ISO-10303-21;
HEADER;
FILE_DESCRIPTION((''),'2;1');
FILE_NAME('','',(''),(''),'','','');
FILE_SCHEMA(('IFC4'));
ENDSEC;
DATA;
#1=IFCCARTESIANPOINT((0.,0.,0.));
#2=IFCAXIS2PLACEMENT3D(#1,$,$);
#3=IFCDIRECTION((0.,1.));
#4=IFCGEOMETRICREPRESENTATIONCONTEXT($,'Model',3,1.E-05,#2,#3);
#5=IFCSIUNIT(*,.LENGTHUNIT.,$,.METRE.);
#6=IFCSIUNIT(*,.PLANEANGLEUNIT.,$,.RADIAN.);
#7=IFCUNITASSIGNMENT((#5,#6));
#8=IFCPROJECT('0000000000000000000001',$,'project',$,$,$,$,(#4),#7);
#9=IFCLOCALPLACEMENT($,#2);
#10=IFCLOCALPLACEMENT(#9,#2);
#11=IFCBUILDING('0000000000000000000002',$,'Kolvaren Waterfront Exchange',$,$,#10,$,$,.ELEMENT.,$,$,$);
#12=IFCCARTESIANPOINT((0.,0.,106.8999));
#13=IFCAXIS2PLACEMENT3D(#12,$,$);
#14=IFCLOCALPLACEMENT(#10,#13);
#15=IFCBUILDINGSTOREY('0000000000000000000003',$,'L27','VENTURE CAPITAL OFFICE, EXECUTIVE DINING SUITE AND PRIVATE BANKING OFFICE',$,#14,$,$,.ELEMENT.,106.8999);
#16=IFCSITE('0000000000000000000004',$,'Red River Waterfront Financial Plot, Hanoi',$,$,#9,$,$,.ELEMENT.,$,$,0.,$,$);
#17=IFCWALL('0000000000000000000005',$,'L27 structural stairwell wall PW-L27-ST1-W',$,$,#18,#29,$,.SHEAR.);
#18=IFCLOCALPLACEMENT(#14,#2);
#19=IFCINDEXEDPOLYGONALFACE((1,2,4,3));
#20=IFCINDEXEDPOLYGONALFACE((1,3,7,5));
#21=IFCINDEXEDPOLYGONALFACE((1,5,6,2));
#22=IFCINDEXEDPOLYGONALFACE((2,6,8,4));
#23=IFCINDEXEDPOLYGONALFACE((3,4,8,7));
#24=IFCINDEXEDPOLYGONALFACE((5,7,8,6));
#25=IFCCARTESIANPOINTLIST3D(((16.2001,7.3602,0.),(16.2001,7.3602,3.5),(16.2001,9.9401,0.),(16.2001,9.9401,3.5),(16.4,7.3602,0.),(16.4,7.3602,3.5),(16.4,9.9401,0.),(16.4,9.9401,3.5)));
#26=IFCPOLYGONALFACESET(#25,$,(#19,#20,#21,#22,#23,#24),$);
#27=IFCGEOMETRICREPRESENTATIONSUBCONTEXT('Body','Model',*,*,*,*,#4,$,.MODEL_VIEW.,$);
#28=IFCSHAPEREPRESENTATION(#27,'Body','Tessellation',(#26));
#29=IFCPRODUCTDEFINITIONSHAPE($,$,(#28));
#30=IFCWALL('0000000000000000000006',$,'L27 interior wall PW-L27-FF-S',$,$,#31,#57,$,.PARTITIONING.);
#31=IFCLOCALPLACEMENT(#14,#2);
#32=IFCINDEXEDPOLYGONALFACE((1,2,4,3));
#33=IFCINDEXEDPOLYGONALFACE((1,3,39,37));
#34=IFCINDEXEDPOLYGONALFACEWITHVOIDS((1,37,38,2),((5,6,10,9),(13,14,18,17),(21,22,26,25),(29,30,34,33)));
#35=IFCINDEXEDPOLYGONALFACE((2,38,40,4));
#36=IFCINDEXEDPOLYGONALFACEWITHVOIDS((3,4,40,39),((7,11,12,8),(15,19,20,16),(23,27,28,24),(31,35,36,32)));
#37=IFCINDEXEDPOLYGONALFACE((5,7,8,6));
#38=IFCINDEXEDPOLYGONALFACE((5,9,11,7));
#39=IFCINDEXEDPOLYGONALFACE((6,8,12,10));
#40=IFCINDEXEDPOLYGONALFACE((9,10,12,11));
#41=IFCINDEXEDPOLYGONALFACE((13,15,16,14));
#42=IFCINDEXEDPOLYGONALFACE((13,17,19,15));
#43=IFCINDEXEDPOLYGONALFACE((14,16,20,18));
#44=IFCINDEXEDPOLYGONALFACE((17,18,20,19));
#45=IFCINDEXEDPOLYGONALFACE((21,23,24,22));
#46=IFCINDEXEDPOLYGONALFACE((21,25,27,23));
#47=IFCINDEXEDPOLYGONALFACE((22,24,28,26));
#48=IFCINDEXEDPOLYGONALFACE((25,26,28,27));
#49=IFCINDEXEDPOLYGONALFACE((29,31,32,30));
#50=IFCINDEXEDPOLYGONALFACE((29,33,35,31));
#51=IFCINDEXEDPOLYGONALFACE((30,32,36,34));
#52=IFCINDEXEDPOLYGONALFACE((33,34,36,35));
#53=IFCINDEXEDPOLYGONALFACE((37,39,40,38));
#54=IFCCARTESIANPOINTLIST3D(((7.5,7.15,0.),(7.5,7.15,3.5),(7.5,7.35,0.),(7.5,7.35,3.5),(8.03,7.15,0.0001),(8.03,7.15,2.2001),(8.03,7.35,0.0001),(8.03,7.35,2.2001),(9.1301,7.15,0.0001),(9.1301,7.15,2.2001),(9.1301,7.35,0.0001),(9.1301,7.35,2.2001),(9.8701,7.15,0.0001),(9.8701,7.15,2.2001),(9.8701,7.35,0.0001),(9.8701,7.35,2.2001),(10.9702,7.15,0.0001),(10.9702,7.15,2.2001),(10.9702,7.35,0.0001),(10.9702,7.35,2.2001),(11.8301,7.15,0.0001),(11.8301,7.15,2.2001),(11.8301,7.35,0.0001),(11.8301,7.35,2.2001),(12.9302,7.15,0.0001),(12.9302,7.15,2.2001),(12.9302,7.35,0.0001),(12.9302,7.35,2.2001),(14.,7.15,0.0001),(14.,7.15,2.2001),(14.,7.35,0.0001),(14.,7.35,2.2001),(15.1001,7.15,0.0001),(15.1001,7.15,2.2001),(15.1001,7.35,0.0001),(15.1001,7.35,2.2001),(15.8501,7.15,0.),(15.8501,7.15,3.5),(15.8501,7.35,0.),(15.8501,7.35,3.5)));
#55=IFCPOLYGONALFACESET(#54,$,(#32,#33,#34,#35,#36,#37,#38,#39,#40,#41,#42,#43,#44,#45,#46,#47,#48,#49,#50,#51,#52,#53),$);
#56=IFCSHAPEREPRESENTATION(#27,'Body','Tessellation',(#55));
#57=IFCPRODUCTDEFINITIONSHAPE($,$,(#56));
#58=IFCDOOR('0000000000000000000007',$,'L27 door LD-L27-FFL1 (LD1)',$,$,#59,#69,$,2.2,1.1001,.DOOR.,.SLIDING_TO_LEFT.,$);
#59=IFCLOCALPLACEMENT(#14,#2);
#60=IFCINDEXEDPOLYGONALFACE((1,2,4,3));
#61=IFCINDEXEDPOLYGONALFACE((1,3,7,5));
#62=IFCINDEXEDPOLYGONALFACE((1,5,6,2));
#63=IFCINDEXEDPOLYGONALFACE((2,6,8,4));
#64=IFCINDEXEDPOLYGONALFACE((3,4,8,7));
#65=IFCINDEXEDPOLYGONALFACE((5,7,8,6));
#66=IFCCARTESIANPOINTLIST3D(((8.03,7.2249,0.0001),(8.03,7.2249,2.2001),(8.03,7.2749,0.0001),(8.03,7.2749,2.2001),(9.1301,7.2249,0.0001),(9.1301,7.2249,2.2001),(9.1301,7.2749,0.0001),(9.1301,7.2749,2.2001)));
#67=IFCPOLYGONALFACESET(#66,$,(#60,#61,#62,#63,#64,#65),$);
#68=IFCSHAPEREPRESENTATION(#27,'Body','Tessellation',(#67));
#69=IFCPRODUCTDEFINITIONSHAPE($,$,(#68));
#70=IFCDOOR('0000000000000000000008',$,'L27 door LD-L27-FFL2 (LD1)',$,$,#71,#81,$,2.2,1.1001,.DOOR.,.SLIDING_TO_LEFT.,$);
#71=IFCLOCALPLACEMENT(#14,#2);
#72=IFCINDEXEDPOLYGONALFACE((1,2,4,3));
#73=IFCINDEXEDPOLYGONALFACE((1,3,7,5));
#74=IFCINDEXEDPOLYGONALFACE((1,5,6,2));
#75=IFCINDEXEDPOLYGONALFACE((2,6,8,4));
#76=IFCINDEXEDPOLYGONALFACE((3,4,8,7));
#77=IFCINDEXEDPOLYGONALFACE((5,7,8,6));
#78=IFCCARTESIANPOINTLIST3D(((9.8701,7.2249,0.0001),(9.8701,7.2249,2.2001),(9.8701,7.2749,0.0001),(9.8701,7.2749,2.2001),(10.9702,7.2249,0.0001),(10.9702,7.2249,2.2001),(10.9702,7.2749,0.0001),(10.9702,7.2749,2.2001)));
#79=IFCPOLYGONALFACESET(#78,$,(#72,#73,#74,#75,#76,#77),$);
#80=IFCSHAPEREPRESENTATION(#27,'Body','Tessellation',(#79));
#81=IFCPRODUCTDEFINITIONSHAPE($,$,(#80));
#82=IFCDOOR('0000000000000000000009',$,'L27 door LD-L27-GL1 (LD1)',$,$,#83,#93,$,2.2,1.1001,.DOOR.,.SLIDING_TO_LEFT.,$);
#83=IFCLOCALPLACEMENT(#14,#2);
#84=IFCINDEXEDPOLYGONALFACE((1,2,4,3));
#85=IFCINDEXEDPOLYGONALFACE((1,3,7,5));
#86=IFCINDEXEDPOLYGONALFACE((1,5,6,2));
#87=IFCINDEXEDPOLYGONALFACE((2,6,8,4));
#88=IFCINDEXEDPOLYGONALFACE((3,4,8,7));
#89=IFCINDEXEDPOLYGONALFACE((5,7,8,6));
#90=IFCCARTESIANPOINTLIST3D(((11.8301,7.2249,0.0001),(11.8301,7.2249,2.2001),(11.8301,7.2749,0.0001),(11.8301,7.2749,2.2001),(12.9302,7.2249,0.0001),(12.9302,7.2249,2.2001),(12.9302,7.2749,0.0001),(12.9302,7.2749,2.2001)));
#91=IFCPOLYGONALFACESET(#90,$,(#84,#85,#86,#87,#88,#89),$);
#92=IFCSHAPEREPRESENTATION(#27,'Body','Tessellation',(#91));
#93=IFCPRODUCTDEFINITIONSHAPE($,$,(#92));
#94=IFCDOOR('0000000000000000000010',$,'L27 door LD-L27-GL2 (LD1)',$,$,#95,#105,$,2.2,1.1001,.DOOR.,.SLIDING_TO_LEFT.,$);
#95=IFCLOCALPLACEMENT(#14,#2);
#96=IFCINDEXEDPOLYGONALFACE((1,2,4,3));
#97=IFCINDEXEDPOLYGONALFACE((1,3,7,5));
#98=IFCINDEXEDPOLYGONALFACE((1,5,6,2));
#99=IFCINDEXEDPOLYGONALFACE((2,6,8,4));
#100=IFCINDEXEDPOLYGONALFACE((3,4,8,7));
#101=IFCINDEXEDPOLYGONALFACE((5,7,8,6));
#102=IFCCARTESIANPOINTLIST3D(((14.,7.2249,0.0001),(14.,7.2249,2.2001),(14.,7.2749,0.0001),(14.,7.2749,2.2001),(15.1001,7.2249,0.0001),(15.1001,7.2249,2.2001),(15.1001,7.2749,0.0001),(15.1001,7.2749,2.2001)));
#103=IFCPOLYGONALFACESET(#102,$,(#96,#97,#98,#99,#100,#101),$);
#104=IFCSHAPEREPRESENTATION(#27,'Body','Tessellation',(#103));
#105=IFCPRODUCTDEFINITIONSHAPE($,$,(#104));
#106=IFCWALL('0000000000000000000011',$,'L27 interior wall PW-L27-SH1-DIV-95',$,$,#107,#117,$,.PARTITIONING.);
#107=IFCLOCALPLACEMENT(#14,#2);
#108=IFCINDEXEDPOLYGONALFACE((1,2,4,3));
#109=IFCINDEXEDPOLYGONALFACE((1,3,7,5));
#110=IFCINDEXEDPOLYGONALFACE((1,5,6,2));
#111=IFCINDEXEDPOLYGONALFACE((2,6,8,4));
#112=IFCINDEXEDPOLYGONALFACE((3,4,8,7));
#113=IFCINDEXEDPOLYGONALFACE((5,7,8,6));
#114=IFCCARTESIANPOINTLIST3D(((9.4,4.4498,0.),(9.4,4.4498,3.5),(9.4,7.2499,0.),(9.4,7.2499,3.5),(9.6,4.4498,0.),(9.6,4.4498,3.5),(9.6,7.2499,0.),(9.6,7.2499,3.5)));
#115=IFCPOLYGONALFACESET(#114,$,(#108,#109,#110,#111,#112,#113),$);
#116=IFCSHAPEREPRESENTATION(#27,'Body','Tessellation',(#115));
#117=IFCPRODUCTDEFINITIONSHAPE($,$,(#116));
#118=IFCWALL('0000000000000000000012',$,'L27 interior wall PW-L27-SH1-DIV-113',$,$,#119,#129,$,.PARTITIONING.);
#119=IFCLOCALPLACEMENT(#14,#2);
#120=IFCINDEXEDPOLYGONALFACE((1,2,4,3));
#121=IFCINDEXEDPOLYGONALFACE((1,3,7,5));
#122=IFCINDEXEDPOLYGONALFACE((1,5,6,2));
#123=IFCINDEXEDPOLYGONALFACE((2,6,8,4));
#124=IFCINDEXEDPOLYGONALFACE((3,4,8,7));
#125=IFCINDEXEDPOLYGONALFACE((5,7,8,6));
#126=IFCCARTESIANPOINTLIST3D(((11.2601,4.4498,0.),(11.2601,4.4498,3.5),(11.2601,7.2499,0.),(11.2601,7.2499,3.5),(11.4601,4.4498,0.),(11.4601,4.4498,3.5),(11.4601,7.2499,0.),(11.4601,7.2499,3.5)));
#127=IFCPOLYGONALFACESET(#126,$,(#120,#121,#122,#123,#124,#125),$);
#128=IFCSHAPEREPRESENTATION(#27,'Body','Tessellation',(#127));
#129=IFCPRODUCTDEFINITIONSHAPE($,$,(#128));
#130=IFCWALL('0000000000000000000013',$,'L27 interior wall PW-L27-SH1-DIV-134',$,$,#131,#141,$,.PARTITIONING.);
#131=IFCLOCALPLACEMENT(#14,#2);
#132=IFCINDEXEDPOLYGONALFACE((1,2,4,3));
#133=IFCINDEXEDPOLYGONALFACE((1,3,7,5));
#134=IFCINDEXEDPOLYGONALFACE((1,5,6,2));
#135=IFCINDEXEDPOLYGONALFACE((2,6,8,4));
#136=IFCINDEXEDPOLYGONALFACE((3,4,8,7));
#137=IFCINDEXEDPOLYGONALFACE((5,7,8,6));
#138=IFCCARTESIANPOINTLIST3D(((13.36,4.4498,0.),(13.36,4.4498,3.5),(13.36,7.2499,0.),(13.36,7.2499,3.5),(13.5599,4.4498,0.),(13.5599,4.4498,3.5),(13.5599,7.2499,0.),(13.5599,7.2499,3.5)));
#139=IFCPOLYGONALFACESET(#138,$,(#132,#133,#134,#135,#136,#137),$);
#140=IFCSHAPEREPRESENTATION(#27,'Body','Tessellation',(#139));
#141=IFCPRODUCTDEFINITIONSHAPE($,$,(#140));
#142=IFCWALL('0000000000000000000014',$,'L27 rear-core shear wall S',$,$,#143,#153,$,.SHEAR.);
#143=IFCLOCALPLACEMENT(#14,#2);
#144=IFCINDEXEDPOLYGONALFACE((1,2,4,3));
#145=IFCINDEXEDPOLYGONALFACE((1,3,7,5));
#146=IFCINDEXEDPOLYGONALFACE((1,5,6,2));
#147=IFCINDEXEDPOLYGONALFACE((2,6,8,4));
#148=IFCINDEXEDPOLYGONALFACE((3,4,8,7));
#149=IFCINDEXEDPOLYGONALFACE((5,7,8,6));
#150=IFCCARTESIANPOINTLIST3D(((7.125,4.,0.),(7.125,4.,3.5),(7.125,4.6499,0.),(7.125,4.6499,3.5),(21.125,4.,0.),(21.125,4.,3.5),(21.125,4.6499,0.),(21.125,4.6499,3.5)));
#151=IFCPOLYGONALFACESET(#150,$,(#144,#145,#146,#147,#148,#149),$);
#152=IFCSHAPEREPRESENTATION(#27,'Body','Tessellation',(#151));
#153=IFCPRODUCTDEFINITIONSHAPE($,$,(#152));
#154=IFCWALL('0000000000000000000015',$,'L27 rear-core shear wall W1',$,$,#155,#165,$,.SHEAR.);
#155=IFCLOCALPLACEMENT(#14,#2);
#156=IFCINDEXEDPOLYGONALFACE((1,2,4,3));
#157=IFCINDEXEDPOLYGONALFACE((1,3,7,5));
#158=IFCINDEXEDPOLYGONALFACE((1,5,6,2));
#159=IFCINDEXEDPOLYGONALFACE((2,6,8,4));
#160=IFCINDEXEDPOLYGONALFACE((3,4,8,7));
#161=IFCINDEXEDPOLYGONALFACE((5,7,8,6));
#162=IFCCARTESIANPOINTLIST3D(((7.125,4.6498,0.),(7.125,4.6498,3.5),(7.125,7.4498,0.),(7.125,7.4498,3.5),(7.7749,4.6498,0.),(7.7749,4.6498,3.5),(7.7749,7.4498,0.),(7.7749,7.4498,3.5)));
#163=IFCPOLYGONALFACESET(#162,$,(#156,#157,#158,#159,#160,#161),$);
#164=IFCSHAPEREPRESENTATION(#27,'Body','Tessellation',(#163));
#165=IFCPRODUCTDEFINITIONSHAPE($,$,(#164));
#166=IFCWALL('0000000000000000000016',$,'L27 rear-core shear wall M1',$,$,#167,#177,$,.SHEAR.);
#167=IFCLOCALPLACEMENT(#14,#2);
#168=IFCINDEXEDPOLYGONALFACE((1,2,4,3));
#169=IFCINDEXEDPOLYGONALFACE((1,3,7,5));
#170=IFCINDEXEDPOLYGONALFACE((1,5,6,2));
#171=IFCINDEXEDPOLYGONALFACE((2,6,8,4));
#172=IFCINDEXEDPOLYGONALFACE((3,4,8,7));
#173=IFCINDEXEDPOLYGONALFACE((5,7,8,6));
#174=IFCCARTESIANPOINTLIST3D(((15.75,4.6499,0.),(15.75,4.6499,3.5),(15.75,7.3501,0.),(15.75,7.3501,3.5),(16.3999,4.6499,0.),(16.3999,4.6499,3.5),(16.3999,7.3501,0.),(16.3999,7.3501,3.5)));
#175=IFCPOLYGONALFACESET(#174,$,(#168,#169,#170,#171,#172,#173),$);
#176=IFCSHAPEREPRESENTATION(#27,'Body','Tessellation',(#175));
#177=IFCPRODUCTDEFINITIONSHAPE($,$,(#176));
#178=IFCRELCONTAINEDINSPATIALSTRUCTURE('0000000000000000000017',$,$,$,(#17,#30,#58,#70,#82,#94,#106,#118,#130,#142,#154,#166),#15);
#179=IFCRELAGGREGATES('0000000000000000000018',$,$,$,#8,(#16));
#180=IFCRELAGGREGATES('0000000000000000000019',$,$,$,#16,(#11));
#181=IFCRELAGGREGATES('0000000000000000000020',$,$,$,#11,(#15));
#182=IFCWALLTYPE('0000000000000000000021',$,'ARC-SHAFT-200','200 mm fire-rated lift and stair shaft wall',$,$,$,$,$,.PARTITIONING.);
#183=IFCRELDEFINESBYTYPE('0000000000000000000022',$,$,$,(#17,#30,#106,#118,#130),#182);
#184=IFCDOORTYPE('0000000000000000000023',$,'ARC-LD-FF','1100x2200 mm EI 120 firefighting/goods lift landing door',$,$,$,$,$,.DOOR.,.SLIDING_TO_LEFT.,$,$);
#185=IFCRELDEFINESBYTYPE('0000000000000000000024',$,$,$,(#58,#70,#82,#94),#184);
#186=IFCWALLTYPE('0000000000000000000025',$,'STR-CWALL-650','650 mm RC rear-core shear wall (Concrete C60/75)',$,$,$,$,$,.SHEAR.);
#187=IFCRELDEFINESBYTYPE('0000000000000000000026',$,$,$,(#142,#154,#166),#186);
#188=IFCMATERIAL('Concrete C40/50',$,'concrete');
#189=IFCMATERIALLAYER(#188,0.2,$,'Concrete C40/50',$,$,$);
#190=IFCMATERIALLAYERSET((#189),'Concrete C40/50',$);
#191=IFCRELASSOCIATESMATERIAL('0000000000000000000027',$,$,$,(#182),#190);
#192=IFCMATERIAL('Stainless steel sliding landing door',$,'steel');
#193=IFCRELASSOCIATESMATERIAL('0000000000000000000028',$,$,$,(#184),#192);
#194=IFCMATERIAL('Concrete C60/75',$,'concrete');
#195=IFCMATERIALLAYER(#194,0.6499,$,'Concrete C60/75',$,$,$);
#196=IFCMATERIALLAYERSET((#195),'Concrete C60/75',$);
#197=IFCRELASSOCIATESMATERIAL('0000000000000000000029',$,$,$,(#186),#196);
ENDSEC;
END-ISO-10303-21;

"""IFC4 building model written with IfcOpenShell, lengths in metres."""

from ifc_helpers import new_model, si_unit, direction, frame, frame_2d, origin, place, context, subcontext, project, spatial, rectangle, extrude, material, layer, layer_set, type_object, element, fill, save


model = new_model("IFC4")

# Units and contexts
model_context = context("Model", 3, precision=1e-05, world=origin(), true_north=direction((0.0, 1.0)))
body_context = subcontext(model_context, "Body", "Model", "MODEL_VIEW")
ifc_project = project(units=[si_unit("LENGTHUNIT", "METRE"), si_unit("PLANEANGLEUNIT", "RADIAN")], contexts=[model_context])

# Site, building, storey
site_placement = place(None, origin())
site = spatial("IfcSite", under=ifc_project, at=site_placement, Name="Red River Waterfront Financial Plot, Hanoi", CompositionType="ELEMENT", RefElevation=0.0)
building_placement = place(site_placement, origin())
building = spatial("IfcBuilding", under=site, at=building_placement, Name="Kolvaren Waterfront Exchange", CompositionType="ELEMENT")
storey_placement = place(building_placement, frame((0.0, 0.0, 106.8999)))
storey = spatial("IfcBuildingStorey", under=building, at=storey_placement, Name="L27", Description="VENTURE CAPITAL OFFICE, EXECUTIVE DINING SUITE AND PRIVATE BANKING OFFICE", CompositionType="ELEMENT", Elevation=106.8999)

# Shared definitions
ifc_material_1 = material(Name="Concrete C60/75", Category="concrete")

# Wall
ifc_material_2 = material(Name="Concrete C40/50", Category="concrete")
ifc_layer_1 = layer(ifc_material_2, 0.2, Name="Concrete C40/50")
ifc_layer_set_1 = layer_set([ifc_layer_1], Name="Concrete C40/50")
wall_type_1 = type_object("IfcWallType", Name="ARC-SHAFT-200", Description="200 mm fire-rated lift and stair shaft wall", PredefinedType="PARTITIONING", material=ifc_layer_set_1)
wall_1_placement = place(storey_placement, frame((16.3, 7.3601, 0.0), z_axis=(0.0, 0.0, 1.0), x_axis=(0.0, 1.0, 0.0)))
element("IfcWall", 1, at=wall_1_placement, inside=storey, type_object=wall_type_1, Name="L27 structural stairwell wall PW-L27-ST1-W", PredefinedType="SHEAR", context=body_context, shape_type="SweptSolid", body=[
    extrude(rectangle(XDim=2.5798, YDim=0.2, at=frame_2d((1.29, 0.0))), origin(), (0.0, 0.0, 1.0), 3.5),
])

# Wall, openings, doors
wall_2_placement = place(storey_placement, frame((7.5, 7.25, 0.0), z_axis=(0.0, 0.0, 1.0), x_axis=(1.0, 0.0, 0.0)))
wall_2 = element("IfcWall", 2, at=wall_2_placement, inside=storey, type_object=wall_type_1, Name="L27 interior wall PW-L27-FF-S", PredefinedType="PARTITIONING", context=body_context, shape_type="SweptSolid", body=[
    extrude(rectangle(XDim=8.3501, YDim=0.2, at=frame_2d((4.175, 0.0))), origin(), (0.0, 0.0, 1.0), 3.5),
])
opening_1_placement = place(wall_2_placement, frame((0.53, 0.0, 0.0)))
opening_1 = element("IfcOpeningElement", 3, at=opening_1_placement, cuts=wall_2, PredefinedType="OPENING", context=body_context, shape_type="SweptSolid", body=[
    extrude(rectangle(XDim=1.1001, YDim=2.2, at=frame_2d((0.55, 1.1001))), frame((0.0, 0.1099, 0.0), z_axis=(0.0, -1.0, 0.0), x_axis=(1.0, 0.0, 0.0)), (0.0, 0.0, 1.0), 0.22),
])
opening_2_placement = place(wall_2_placement, frame((2.3701, 0.0, 0.0)))
opening_2 = element("IfcOpeningElement", 4, at=opening_2_placement, cuts=wall_2, PredefinedType="OPENING", context=body_context, shape_type="SweptSolid", body=[
    extrude(rectangle(XDim=1.1001, YDim=2.2, at=frame_2d((0.55, 1.1001))), frame((0.0, 0.1099, 0.0), z_axis=(0.0, -1.0, 0.0), x_axis=(1.0, 0.0, 0.0)), (0.0, 0.0, 1.0), 0.22),
])
opening_3_placement = place(wall_2_placement, frame((4.3301, 0.0, 0.0)))
opening_3 = element("IfcOpeningElement", 5, at=opening_3_placement, cuts=wall_2, PredefinedType="OPENING", context=body_context, shape_type="SweptSolid", body=[
    extrude(rectangle(XDim=1.1001, YDim=2.2, at=frame_2d((0.55, 1.1001))), frame((0.0, 0.1099, 0.0), z_axis=(0.0, -1.0, 0.0), x_axis=(1.0, 0.0, 0.0)), (0.0, 0.0, 1.0), 0.22),
])
opening_4_placement = place(wall_2_placement, frame((6.5, 0.0, 0.0)))
opening_4 = element("IfcOpeningElement", 6, at=opening_4_placement, cuts=wall_2, PredefinedType="OPENING", context=body_context, shape_type="SweptSolid", body=[
    extrude(rectangle(XDim=1.1001, YDim=2.2, at=frame_2d((0.55, 1.1001))), frame((0.0, 0.1099, 0.0), z_axis=(0.0, -1.0, 0.0), x_axis=(1.0, 0.0, 0.0)), (0.0, 0.0, 1.0), 0.22),
])
ifc_material_3 = material(Name="Stainless steel sliding landing door", Category="steel")
door_type = type_object("IfcDoorType", Name="ARC-LD-FF", Description="1100x2200 mm EI 120 firefighting/goods lift landing door", OperationType="SLIDING_TO_LEFT", PredefinedType="DOOR", material=ifc_material_3)
door_1_placement = place(opening_1_placement, origin())
door_1 = element("IfcDoor", 7, at=door_1_placement, inside=storey, type_object=door_type, Name="L27 door LD-L27-FFL1 (LD1)", OperationType="SLIDING_TO_LEFT", OverallHeight=2.2, OverallWidth=1.1001, PredefinedType="DOOR", context=body_context, shape_type="SweptSolid", body=[
    extrude(rectangle(XDim=1.1001, YDim=2.2, at=frame_2d((0.55, 1.1001))), frame((0.0, 0.0249, 0.0), z_axis=(0.0, -1.0, 0.0), x_axis=(1.0, 0.0, 0.0)), (0.0, 0.0, 1.0), 0.05),
])
fill(opening_1, door_1)
door_2_placement = place(opening_2_placement, origin())
door_2 = element("IfcDoor", 8, at=door_2_placement, inside=storey, type_object=door_type, Name="L27 door LD-L27-FFL2 (LD1)", OperationType="SLIDING_TO_LEFT", OverallHeight=2.2, OverallWidth=1.1001, PredefinedType="DOOR", context=body_context, shape_type="SweptSolid", body=[
    extrude(rectangle(XDim=1.1001, YDim=2.2, at=frame_2d((0.55, 1.1001))), frame((0.0, 0.0249, 0.0), z_axis=(0.0, -1.0, 0.0), x_axis=(1.0, 0.0, 0.0)), (0.0, 0.0, 1.0), 0.05),
])
fill(opening_2, door_2)
door_3_placement = place(opening_3_placement, origin())
door_3 = element("IfcDoor", 9, at=door_3_placement, inside=storey, type_object=door_type, Name="L27 door LD-L27-GL1 (LD1)", OperationType="SLIDING_TO_LEFT", OverallHeight=2.2, OverallWidth=1.1001, PredefinedType="DOOR", context=body_context, shape_type="SweptSolid", body=[
    extrude(rectangle(XDim=1.1001, YDim=2.2, at=frame_2d((0.55, 1.1001))), frame((0.0, 0.0249, 0.0), z_axis=(0.0, -1.0, 0.0), x_axis=(1.0, 0.0, 0.0)), (0.0, 0.0, 1.0), 0.05),
])
fill(opening_3, door_3)
door_4_placement = place(opening_4_placement, origin())
door_4 = element("IfcDoor", 10, at=door_4_placement, inside=storey, type_object=door_type, Name="L27 door LD-L27-GL2 (LD1)", OperationType="SLIDING_TO_LEFT", OverallHeight=2.2, OverallWidth=1.1001, PredefinedType="DOOR", context=body_context, shape_type="SweptSolid", body=[
    extrude(rectangle(XDim=1.1001, YDim=2.2, at=frame_2d((0.55, 1.1001))), frame((0.0, 0.0249, 0.0), z_axis=(0.0, -1.0, 0.0), x_axis=(1.0, 0.0, 0.0)), (0.0, 0.0, 1.0), 0.05),
])
fill(opening_4, door_4)

# Walls
for number, where, z_axis, x_axis, name in (
    (11, (9.5, 4.45, 0.0), (0.0, 0.0, 1.0), (0.0, 1.0, 0.0), "L27 interior wall PW-L27-SH1-DIV-95"),
    (12, (11.3601, 4.45, 0.0), (0.0, 0.0, 1.0), (0.0, 1.0, 0.0), "L27 interior wall PW-L27-SH1-DIV-113"),
    (13, (13.46, 4.45, 0.0), (0.0, 0.0, 1.0), (0.0, 1.0, 0.0), "L27 interior wall PW-L27-SH1-DIV-134"),
):
    element("IfcWall", number, at=place(storey_placement, frame(where, z_axis=z_axis, x_axis=x_axis)), inside=storey, type_object=wall_type_1, Name=name, PredefinedType="PARTITIONING", context=body_context, shape_type="SweptSolid", body=[
        extrude(rectangle(XDim=2.8, YDim=0.2, at=frame_2d((1.3999, 0.0))), origin(), (0.0, 0.0, 1.0), 3.5),
    ])
ifc_layer_2 = layer(ifc_material_1, 0.6499, Name="Concrete C60/75")
ifc_layer_set_2 = layer_set([ifc_layer_2], Name="Concrete C60/75")
wall_type_2 = type_object("IfcWallType", Name="STR-CWALL-650", Description="650 mm RC rear-core shear wall (Concrete C60/75)", PredefinedType="SHEAR", material=ifc_layer_set_2)
wall_3_placement = place(storey_placement, frame((7.125, 4.325, 0.0), z_axis=(0.0, 0.0, 1.0), x_axis=(1.0, 0.0, 0.0)))
element("IfcWall", 14, at=wall_3_placement, inside=storey, type_object=wall_type_2, Name="L27 rear-core shear wall S", PredefinedType="SHEAR", context=body_context, shape_type="SweptSolid", body=[
    extrude(rectangle(XDim=14.0, YDim=0.6499, at=frame_2d((7.0, 0.0))), origin(), (0.0, 0.0, 1.0), 3.5),
])
wall_4_placement = place(storey_placement, frame((7.45, 4.6499, 0.0), z_axis=(0.0, 0.0, 1.0), x_axis=(0.0, 1.0, 0.0)))
element("IfcWall", 15, at=wall_4_placement, inside=storey, type_object=wall_type_2, Name="L27 rear-core shear wall W1", PredefinedType="SHEAR", context=body_context, shape_type="SweptSolid", body=[
    extrude(rectangle(XDim=2.8, YDim=0.6499, at=frame_2d((1.3999, 0.0))), origin(), (0.0, 0.0, 1.0), 3.5),
])
wall_5_placement = place(storey_placement, frame((16.075, 4.6499, 0.0), z_axis=(0.0, 0.0, 1.0), x_axis=(0.0, 1.0, 0.0)))
element("IfcWall", 16, at=wall_5_placement, inside=storey, type_object=wall_type_2, Name="L27 rear-core shear wall M1", PredefinedType="SHEAR", context=body_context, shape_type="SweptSolid", body=[
    extrude(rectangle(XDim=2.7002, YDim=0.6499, at=frame_2d((1.3501, 0.0))), origin(), (0.0, 0.0, 1.0), 3.5),
])

save(model, "model.ifc")
